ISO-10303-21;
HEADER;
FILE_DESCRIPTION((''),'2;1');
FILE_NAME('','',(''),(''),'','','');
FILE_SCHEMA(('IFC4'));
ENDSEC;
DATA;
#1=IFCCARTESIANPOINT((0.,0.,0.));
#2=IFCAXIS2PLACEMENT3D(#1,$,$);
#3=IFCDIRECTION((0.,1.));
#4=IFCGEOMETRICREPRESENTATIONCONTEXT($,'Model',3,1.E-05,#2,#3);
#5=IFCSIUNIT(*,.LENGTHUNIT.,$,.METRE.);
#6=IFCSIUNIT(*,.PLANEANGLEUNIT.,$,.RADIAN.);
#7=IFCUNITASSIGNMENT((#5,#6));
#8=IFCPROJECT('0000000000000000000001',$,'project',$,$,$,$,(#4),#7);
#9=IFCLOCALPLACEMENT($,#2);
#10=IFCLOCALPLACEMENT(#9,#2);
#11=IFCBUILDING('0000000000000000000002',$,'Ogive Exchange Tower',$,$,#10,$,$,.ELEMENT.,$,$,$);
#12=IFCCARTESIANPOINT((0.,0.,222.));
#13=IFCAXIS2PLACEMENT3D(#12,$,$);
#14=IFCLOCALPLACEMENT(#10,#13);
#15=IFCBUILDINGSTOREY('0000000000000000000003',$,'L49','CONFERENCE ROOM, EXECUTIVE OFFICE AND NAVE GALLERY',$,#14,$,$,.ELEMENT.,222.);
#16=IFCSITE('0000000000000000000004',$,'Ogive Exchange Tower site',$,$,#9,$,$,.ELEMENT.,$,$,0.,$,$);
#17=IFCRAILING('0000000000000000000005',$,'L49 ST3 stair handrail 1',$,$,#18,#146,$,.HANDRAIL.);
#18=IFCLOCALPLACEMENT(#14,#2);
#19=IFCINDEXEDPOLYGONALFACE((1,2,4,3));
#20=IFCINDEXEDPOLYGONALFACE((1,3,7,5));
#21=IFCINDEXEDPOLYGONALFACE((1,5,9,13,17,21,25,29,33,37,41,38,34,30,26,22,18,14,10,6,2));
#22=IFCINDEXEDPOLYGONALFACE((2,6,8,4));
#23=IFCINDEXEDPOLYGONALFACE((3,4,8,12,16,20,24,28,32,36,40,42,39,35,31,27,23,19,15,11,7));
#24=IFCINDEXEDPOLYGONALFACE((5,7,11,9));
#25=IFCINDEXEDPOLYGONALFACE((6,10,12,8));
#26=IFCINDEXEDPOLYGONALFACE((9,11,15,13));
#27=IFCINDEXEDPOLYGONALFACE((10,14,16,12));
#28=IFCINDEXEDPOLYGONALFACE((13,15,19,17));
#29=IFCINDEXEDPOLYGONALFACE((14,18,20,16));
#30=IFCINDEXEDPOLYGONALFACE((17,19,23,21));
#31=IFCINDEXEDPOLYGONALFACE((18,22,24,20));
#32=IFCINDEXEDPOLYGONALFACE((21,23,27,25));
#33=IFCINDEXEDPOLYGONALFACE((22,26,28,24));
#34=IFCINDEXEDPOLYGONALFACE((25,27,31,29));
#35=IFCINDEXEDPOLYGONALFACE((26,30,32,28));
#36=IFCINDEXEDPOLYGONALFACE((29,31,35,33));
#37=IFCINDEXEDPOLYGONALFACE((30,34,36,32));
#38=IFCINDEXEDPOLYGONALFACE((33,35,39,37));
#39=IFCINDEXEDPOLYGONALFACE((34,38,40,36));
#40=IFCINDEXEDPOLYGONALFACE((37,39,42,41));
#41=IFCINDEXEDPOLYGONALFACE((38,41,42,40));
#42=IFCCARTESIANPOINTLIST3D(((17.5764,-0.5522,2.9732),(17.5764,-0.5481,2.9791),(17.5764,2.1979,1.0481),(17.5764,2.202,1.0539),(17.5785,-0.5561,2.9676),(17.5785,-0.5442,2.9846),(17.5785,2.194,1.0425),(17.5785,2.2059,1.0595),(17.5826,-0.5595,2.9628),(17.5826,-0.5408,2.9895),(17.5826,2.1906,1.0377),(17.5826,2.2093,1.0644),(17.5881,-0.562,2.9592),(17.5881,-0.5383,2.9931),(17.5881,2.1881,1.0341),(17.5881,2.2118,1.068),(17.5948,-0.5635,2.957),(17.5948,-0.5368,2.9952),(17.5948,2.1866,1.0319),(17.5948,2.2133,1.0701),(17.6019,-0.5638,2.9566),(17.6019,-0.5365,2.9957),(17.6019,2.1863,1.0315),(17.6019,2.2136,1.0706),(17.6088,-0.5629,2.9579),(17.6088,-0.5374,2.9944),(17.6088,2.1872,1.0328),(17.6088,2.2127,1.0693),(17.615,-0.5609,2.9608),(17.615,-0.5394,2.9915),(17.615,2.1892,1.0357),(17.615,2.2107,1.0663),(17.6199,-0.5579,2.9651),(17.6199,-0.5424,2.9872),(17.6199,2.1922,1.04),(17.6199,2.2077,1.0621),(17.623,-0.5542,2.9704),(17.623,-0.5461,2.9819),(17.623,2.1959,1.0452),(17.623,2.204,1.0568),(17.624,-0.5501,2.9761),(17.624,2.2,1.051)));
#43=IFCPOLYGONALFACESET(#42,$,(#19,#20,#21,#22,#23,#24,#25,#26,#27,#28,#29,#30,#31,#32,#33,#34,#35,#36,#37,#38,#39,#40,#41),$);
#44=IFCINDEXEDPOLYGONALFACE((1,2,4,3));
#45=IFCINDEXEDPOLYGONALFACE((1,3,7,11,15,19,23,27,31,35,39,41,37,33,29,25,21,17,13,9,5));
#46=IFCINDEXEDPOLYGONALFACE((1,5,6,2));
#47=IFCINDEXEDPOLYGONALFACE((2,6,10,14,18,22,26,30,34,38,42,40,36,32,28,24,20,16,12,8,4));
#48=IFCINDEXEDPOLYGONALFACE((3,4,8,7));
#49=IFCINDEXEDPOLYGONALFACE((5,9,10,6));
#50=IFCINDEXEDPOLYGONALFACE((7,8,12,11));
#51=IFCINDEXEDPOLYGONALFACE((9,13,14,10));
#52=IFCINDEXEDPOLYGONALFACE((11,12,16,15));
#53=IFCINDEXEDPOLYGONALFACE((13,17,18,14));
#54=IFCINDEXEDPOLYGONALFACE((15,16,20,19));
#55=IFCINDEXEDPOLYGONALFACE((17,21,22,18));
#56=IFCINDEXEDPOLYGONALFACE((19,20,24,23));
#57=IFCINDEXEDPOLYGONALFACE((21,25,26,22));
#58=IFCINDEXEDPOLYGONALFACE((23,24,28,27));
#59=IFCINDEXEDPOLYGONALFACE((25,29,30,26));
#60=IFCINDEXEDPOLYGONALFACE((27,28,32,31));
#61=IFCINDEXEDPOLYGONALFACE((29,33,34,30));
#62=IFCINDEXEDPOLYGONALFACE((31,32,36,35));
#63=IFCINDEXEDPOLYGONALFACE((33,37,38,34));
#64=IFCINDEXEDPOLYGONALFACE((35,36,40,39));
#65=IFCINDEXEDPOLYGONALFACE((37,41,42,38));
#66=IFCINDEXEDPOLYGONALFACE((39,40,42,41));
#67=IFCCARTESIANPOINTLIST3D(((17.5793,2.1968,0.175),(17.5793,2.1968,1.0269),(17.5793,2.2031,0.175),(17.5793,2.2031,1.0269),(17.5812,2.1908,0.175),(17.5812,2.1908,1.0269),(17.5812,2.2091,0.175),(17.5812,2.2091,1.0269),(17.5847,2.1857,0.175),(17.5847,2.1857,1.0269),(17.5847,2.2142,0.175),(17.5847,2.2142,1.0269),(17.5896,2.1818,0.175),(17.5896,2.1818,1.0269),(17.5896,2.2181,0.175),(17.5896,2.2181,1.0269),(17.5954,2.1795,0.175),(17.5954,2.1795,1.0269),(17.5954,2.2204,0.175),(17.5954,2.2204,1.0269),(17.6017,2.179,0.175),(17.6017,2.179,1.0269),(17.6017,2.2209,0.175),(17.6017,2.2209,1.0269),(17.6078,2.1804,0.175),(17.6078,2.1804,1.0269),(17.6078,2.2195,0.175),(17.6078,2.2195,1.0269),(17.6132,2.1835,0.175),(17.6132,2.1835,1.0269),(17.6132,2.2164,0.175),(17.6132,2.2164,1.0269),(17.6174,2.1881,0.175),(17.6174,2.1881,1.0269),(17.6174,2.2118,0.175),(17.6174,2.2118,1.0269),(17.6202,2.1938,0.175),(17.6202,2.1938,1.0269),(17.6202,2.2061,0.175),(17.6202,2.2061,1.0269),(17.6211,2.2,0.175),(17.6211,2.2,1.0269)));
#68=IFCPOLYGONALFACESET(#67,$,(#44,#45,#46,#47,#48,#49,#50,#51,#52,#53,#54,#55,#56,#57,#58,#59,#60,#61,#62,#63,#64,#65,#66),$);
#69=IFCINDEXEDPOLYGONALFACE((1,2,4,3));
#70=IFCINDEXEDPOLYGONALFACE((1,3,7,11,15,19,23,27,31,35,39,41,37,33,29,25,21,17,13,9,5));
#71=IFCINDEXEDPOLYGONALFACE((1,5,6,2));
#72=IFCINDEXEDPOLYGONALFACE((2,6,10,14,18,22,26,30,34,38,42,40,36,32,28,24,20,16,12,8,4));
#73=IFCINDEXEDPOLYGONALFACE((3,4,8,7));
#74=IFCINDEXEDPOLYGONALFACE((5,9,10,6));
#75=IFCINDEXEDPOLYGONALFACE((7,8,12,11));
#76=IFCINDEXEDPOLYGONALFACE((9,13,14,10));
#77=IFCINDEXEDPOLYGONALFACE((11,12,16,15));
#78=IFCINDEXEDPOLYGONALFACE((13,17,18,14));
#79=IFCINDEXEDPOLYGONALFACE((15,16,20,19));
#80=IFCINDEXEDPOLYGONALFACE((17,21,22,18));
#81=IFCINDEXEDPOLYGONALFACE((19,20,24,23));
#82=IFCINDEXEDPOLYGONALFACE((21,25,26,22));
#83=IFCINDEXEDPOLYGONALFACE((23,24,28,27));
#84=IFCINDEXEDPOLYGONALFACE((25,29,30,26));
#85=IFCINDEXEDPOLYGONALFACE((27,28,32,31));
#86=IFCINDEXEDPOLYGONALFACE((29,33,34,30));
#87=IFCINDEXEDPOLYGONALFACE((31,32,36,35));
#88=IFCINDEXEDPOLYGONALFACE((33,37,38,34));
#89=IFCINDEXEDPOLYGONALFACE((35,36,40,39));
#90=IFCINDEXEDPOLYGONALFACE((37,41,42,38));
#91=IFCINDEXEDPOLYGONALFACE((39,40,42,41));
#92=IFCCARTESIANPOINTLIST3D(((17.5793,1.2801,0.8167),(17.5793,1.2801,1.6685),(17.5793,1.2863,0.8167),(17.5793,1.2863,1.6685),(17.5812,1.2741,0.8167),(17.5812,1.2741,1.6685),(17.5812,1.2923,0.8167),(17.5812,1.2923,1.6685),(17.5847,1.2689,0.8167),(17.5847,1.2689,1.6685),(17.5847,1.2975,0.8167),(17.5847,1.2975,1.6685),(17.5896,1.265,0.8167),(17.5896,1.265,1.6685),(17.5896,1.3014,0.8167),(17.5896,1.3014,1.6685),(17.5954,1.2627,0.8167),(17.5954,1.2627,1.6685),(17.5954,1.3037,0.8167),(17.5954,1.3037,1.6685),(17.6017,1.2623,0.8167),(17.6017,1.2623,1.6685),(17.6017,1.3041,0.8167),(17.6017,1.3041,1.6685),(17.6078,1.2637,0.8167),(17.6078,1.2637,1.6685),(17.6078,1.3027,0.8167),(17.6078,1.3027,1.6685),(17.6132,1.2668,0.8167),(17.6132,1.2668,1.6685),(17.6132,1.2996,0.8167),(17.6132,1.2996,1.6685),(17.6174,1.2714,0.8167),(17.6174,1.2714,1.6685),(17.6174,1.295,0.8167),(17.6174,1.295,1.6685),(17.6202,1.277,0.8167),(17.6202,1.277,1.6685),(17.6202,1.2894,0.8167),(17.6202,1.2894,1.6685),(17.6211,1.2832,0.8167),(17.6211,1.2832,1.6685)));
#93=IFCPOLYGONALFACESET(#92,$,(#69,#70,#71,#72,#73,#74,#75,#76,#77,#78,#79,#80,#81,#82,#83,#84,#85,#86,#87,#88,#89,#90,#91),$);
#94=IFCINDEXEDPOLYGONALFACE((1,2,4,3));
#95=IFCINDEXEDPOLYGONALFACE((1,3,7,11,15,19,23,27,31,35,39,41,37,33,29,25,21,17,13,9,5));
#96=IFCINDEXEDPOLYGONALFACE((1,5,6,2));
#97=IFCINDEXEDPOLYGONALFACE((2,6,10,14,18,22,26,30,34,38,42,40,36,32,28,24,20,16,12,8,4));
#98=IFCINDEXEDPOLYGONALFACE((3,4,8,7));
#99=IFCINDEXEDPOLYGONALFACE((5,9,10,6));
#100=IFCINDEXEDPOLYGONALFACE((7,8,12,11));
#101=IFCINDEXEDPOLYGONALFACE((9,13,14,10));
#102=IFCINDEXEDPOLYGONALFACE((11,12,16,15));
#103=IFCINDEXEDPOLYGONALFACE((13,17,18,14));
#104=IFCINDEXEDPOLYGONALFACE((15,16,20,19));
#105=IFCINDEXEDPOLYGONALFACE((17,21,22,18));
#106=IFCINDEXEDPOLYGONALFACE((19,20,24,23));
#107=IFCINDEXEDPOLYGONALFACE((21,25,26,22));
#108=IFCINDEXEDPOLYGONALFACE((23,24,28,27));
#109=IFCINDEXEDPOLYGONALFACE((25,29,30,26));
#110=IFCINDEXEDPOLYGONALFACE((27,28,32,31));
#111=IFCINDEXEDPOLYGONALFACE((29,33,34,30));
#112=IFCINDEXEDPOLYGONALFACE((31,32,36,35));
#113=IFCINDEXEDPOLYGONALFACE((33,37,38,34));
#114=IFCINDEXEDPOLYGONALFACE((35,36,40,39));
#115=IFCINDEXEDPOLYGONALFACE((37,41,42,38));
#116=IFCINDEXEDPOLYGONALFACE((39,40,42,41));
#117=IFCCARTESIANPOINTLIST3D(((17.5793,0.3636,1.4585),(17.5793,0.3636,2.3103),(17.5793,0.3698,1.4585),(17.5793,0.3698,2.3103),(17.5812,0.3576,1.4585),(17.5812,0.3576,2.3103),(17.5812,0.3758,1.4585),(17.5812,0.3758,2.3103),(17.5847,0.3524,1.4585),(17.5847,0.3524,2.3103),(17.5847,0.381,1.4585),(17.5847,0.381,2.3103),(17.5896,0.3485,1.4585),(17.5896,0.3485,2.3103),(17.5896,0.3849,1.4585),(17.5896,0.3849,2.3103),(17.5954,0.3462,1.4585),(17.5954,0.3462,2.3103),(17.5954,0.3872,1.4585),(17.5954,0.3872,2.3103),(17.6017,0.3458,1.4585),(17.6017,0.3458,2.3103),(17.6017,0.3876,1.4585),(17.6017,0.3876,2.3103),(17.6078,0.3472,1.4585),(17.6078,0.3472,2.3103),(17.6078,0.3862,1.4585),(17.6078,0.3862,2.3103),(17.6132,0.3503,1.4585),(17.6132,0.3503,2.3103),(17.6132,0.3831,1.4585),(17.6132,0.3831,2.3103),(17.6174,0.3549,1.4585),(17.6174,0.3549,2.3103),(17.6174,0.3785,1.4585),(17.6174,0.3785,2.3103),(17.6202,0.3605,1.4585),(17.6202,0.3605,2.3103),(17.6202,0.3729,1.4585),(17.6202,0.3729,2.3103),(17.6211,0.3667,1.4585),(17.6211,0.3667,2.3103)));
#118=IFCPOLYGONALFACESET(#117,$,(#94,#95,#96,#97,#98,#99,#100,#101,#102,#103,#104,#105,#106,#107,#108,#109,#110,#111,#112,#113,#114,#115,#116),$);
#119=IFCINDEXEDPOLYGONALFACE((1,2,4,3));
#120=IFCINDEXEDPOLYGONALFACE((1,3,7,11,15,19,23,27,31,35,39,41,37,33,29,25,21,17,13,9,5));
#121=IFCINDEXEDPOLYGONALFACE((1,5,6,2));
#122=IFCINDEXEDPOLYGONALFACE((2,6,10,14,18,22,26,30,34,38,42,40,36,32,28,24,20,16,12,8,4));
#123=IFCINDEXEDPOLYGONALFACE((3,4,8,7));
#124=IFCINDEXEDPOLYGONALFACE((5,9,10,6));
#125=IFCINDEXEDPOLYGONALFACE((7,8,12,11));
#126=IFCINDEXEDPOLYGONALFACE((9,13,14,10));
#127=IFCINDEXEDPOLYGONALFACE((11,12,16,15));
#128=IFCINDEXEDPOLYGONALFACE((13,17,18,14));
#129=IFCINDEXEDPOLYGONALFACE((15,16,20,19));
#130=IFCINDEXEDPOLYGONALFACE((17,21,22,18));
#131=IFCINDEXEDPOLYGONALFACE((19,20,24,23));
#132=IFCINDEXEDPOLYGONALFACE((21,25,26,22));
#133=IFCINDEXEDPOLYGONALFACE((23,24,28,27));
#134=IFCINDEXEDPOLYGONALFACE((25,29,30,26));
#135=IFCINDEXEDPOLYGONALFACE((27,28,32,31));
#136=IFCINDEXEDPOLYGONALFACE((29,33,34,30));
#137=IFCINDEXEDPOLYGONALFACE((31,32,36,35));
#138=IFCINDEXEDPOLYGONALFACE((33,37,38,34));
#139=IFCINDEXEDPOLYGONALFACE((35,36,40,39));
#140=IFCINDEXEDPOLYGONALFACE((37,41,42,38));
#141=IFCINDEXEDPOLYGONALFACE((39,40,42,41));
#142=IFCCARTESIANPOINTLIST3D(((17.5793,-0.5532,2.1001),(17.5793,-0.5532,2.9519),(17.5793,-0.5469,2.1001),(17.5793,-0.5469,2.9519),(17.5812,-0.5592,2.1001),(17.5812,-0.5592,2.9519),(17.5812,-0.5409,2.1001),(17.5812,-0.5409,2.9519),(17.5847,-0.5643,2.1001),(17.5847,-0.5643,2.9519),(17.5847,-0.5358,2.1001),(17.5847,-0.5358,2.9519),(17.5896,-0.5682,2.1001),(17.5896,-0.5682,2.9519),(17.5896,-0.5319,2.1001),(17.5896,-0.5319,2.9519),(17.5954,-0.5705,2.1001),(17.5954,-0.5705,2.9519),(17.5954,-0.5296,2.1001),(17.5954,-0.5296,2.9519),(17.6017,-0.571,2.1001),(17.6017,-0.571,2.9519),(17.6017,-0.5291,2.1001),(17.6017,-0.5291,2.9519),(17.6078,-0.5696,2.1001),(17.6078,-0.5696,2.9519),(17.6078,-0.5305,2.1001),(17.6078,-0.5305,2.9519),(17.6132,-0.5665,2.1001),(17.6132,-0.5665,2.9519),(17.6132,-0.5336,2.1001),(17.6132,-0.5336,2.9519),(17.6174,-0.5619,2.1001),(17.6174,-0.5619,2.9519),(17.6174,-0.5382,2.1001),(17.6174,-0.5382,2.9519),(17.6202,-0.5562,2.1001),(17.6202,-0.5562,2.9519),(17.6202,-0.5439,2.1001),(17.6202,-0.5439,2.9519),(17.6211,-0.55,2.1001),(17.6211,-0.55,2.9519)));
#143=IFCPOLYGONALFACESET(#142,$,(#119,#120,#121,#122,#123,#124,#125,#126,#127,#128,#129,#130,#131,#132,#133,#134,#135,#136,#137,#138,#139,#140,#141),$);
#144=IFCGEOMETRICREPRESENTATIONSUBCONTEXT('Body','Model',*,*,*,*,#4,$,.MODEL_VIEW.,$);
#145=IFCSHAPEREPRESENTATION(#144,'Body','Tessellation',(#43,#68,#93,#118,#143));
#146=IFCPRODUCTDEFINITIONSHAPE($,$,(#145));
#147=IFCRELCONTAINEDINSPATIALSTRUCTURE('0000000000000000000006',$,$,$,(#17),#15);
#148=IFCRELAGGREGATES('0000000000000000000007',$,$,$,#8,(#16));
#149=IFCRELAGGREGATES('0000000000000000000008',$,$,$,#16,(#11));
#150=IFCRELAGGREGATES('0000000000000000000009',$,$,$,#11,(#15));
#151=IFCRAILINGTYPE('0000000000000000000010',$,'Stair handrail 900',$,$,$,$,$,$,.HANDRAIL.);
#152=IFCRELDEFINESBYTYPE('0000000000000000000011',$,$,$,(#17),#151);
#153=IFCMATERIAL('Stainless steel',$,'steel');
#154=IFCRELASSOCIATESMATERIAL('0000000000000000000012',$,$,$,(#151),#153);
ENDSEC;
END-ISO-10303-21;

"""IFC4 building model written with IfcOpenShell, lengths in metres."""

from ifc_helpers import new_model, si_unit, direction, frame, origin, origin_2d, place, context, subcontext, project, spatial, circle, extrude, material, type_object, element, save


model = new_model("IFC4")

# Units and contexts
model_context = context("Model", 3, precision=1e-05, world=origin(), true_north=direction((0.0, 1.0)))
body_context = subcontext(model_context, "Body", "Model", "MODEL_VIEW")
ifc_project = project(units=[si_unit("LENGTHUNIT", "METRE"), si_unit("PLANEANGLEUNIT", "RADIAN")], contexts=[model_context])

# Site, building, storey
site_placement = place(None, origin())
site = spatial("IfcSite", under=ifc_project, at=site_placement, Name="Ogive Exchange Tower site", CompositionType="ELEMENT", RefElevation=0.0)
building_placement = place(site_placement, origin())
building = spatial("IfcBuilding", under=site, at=building_placement, Name="Ogive Exchange Tower", CompositionType="ELEMENT")
storey_placement = place(building_placement, frame((0.0, 0.0, 222.0)))
storey = spatial("IfcBuildingStorey", under=building, at=storey_placement, Name="L49", Description="CONFERENCE ROOM, EXECUTIVE OFFICE AND NAVE GALLERY", CompositionType="ELEMENT", Elevation=222.0)

# Railing
ifc_material_1 = material(Name="Stainless steel", Category="steel")
railing_type = type_object("IfcRailingType", Name="Stair handrail 900", PredefinedType="HANDRAIL", material=ifc_material_1)
railing_1_placement = place(storey_placement, frame((17.6001, 2.2, 0.175)))
element("IfcRailing", 1, at=railing_1_placement, inside=storey, type_object=railing_type, Name="L49 ST3 stair handrail 1", PredefinedType="HANDRAIL", context=body_context, shape_type="SweptSolid", body=[
    extrude(circle(Radius=0.0239, at=origin_2d()), frame((0.0, 0.0, 0.876), z_axis=(0.0, -0.819225, 0.573472), x_axis=(1.0, 0.0, 0.0)), (0.0, 0.0, 1.0), 3.3569),
    extrude(circle(Radius=0.021, at=origin_2d()), origin(), (0.0, 0.0, 1.0), 0.8518),
    extrude(circle(Radius=0.021, at=origin_2d()), frame((0.0, -0.9167, 0.6416)), (0.0, 0.0, 1.0), 0.8518),
    extrude(circle(Radius=0.021, at=origin_2d()), frame((0.0, -1.8333, 1.2834)), (0.0, 0.0, 1.0), 0.8518),
    extrude(circle(Radius=0.021, at=origin_2d()), frame((0.0, -2.75, 1.925)), (0.0, 0.0, 1.0), 0.8518),
])

save(model, "model.ifc")
